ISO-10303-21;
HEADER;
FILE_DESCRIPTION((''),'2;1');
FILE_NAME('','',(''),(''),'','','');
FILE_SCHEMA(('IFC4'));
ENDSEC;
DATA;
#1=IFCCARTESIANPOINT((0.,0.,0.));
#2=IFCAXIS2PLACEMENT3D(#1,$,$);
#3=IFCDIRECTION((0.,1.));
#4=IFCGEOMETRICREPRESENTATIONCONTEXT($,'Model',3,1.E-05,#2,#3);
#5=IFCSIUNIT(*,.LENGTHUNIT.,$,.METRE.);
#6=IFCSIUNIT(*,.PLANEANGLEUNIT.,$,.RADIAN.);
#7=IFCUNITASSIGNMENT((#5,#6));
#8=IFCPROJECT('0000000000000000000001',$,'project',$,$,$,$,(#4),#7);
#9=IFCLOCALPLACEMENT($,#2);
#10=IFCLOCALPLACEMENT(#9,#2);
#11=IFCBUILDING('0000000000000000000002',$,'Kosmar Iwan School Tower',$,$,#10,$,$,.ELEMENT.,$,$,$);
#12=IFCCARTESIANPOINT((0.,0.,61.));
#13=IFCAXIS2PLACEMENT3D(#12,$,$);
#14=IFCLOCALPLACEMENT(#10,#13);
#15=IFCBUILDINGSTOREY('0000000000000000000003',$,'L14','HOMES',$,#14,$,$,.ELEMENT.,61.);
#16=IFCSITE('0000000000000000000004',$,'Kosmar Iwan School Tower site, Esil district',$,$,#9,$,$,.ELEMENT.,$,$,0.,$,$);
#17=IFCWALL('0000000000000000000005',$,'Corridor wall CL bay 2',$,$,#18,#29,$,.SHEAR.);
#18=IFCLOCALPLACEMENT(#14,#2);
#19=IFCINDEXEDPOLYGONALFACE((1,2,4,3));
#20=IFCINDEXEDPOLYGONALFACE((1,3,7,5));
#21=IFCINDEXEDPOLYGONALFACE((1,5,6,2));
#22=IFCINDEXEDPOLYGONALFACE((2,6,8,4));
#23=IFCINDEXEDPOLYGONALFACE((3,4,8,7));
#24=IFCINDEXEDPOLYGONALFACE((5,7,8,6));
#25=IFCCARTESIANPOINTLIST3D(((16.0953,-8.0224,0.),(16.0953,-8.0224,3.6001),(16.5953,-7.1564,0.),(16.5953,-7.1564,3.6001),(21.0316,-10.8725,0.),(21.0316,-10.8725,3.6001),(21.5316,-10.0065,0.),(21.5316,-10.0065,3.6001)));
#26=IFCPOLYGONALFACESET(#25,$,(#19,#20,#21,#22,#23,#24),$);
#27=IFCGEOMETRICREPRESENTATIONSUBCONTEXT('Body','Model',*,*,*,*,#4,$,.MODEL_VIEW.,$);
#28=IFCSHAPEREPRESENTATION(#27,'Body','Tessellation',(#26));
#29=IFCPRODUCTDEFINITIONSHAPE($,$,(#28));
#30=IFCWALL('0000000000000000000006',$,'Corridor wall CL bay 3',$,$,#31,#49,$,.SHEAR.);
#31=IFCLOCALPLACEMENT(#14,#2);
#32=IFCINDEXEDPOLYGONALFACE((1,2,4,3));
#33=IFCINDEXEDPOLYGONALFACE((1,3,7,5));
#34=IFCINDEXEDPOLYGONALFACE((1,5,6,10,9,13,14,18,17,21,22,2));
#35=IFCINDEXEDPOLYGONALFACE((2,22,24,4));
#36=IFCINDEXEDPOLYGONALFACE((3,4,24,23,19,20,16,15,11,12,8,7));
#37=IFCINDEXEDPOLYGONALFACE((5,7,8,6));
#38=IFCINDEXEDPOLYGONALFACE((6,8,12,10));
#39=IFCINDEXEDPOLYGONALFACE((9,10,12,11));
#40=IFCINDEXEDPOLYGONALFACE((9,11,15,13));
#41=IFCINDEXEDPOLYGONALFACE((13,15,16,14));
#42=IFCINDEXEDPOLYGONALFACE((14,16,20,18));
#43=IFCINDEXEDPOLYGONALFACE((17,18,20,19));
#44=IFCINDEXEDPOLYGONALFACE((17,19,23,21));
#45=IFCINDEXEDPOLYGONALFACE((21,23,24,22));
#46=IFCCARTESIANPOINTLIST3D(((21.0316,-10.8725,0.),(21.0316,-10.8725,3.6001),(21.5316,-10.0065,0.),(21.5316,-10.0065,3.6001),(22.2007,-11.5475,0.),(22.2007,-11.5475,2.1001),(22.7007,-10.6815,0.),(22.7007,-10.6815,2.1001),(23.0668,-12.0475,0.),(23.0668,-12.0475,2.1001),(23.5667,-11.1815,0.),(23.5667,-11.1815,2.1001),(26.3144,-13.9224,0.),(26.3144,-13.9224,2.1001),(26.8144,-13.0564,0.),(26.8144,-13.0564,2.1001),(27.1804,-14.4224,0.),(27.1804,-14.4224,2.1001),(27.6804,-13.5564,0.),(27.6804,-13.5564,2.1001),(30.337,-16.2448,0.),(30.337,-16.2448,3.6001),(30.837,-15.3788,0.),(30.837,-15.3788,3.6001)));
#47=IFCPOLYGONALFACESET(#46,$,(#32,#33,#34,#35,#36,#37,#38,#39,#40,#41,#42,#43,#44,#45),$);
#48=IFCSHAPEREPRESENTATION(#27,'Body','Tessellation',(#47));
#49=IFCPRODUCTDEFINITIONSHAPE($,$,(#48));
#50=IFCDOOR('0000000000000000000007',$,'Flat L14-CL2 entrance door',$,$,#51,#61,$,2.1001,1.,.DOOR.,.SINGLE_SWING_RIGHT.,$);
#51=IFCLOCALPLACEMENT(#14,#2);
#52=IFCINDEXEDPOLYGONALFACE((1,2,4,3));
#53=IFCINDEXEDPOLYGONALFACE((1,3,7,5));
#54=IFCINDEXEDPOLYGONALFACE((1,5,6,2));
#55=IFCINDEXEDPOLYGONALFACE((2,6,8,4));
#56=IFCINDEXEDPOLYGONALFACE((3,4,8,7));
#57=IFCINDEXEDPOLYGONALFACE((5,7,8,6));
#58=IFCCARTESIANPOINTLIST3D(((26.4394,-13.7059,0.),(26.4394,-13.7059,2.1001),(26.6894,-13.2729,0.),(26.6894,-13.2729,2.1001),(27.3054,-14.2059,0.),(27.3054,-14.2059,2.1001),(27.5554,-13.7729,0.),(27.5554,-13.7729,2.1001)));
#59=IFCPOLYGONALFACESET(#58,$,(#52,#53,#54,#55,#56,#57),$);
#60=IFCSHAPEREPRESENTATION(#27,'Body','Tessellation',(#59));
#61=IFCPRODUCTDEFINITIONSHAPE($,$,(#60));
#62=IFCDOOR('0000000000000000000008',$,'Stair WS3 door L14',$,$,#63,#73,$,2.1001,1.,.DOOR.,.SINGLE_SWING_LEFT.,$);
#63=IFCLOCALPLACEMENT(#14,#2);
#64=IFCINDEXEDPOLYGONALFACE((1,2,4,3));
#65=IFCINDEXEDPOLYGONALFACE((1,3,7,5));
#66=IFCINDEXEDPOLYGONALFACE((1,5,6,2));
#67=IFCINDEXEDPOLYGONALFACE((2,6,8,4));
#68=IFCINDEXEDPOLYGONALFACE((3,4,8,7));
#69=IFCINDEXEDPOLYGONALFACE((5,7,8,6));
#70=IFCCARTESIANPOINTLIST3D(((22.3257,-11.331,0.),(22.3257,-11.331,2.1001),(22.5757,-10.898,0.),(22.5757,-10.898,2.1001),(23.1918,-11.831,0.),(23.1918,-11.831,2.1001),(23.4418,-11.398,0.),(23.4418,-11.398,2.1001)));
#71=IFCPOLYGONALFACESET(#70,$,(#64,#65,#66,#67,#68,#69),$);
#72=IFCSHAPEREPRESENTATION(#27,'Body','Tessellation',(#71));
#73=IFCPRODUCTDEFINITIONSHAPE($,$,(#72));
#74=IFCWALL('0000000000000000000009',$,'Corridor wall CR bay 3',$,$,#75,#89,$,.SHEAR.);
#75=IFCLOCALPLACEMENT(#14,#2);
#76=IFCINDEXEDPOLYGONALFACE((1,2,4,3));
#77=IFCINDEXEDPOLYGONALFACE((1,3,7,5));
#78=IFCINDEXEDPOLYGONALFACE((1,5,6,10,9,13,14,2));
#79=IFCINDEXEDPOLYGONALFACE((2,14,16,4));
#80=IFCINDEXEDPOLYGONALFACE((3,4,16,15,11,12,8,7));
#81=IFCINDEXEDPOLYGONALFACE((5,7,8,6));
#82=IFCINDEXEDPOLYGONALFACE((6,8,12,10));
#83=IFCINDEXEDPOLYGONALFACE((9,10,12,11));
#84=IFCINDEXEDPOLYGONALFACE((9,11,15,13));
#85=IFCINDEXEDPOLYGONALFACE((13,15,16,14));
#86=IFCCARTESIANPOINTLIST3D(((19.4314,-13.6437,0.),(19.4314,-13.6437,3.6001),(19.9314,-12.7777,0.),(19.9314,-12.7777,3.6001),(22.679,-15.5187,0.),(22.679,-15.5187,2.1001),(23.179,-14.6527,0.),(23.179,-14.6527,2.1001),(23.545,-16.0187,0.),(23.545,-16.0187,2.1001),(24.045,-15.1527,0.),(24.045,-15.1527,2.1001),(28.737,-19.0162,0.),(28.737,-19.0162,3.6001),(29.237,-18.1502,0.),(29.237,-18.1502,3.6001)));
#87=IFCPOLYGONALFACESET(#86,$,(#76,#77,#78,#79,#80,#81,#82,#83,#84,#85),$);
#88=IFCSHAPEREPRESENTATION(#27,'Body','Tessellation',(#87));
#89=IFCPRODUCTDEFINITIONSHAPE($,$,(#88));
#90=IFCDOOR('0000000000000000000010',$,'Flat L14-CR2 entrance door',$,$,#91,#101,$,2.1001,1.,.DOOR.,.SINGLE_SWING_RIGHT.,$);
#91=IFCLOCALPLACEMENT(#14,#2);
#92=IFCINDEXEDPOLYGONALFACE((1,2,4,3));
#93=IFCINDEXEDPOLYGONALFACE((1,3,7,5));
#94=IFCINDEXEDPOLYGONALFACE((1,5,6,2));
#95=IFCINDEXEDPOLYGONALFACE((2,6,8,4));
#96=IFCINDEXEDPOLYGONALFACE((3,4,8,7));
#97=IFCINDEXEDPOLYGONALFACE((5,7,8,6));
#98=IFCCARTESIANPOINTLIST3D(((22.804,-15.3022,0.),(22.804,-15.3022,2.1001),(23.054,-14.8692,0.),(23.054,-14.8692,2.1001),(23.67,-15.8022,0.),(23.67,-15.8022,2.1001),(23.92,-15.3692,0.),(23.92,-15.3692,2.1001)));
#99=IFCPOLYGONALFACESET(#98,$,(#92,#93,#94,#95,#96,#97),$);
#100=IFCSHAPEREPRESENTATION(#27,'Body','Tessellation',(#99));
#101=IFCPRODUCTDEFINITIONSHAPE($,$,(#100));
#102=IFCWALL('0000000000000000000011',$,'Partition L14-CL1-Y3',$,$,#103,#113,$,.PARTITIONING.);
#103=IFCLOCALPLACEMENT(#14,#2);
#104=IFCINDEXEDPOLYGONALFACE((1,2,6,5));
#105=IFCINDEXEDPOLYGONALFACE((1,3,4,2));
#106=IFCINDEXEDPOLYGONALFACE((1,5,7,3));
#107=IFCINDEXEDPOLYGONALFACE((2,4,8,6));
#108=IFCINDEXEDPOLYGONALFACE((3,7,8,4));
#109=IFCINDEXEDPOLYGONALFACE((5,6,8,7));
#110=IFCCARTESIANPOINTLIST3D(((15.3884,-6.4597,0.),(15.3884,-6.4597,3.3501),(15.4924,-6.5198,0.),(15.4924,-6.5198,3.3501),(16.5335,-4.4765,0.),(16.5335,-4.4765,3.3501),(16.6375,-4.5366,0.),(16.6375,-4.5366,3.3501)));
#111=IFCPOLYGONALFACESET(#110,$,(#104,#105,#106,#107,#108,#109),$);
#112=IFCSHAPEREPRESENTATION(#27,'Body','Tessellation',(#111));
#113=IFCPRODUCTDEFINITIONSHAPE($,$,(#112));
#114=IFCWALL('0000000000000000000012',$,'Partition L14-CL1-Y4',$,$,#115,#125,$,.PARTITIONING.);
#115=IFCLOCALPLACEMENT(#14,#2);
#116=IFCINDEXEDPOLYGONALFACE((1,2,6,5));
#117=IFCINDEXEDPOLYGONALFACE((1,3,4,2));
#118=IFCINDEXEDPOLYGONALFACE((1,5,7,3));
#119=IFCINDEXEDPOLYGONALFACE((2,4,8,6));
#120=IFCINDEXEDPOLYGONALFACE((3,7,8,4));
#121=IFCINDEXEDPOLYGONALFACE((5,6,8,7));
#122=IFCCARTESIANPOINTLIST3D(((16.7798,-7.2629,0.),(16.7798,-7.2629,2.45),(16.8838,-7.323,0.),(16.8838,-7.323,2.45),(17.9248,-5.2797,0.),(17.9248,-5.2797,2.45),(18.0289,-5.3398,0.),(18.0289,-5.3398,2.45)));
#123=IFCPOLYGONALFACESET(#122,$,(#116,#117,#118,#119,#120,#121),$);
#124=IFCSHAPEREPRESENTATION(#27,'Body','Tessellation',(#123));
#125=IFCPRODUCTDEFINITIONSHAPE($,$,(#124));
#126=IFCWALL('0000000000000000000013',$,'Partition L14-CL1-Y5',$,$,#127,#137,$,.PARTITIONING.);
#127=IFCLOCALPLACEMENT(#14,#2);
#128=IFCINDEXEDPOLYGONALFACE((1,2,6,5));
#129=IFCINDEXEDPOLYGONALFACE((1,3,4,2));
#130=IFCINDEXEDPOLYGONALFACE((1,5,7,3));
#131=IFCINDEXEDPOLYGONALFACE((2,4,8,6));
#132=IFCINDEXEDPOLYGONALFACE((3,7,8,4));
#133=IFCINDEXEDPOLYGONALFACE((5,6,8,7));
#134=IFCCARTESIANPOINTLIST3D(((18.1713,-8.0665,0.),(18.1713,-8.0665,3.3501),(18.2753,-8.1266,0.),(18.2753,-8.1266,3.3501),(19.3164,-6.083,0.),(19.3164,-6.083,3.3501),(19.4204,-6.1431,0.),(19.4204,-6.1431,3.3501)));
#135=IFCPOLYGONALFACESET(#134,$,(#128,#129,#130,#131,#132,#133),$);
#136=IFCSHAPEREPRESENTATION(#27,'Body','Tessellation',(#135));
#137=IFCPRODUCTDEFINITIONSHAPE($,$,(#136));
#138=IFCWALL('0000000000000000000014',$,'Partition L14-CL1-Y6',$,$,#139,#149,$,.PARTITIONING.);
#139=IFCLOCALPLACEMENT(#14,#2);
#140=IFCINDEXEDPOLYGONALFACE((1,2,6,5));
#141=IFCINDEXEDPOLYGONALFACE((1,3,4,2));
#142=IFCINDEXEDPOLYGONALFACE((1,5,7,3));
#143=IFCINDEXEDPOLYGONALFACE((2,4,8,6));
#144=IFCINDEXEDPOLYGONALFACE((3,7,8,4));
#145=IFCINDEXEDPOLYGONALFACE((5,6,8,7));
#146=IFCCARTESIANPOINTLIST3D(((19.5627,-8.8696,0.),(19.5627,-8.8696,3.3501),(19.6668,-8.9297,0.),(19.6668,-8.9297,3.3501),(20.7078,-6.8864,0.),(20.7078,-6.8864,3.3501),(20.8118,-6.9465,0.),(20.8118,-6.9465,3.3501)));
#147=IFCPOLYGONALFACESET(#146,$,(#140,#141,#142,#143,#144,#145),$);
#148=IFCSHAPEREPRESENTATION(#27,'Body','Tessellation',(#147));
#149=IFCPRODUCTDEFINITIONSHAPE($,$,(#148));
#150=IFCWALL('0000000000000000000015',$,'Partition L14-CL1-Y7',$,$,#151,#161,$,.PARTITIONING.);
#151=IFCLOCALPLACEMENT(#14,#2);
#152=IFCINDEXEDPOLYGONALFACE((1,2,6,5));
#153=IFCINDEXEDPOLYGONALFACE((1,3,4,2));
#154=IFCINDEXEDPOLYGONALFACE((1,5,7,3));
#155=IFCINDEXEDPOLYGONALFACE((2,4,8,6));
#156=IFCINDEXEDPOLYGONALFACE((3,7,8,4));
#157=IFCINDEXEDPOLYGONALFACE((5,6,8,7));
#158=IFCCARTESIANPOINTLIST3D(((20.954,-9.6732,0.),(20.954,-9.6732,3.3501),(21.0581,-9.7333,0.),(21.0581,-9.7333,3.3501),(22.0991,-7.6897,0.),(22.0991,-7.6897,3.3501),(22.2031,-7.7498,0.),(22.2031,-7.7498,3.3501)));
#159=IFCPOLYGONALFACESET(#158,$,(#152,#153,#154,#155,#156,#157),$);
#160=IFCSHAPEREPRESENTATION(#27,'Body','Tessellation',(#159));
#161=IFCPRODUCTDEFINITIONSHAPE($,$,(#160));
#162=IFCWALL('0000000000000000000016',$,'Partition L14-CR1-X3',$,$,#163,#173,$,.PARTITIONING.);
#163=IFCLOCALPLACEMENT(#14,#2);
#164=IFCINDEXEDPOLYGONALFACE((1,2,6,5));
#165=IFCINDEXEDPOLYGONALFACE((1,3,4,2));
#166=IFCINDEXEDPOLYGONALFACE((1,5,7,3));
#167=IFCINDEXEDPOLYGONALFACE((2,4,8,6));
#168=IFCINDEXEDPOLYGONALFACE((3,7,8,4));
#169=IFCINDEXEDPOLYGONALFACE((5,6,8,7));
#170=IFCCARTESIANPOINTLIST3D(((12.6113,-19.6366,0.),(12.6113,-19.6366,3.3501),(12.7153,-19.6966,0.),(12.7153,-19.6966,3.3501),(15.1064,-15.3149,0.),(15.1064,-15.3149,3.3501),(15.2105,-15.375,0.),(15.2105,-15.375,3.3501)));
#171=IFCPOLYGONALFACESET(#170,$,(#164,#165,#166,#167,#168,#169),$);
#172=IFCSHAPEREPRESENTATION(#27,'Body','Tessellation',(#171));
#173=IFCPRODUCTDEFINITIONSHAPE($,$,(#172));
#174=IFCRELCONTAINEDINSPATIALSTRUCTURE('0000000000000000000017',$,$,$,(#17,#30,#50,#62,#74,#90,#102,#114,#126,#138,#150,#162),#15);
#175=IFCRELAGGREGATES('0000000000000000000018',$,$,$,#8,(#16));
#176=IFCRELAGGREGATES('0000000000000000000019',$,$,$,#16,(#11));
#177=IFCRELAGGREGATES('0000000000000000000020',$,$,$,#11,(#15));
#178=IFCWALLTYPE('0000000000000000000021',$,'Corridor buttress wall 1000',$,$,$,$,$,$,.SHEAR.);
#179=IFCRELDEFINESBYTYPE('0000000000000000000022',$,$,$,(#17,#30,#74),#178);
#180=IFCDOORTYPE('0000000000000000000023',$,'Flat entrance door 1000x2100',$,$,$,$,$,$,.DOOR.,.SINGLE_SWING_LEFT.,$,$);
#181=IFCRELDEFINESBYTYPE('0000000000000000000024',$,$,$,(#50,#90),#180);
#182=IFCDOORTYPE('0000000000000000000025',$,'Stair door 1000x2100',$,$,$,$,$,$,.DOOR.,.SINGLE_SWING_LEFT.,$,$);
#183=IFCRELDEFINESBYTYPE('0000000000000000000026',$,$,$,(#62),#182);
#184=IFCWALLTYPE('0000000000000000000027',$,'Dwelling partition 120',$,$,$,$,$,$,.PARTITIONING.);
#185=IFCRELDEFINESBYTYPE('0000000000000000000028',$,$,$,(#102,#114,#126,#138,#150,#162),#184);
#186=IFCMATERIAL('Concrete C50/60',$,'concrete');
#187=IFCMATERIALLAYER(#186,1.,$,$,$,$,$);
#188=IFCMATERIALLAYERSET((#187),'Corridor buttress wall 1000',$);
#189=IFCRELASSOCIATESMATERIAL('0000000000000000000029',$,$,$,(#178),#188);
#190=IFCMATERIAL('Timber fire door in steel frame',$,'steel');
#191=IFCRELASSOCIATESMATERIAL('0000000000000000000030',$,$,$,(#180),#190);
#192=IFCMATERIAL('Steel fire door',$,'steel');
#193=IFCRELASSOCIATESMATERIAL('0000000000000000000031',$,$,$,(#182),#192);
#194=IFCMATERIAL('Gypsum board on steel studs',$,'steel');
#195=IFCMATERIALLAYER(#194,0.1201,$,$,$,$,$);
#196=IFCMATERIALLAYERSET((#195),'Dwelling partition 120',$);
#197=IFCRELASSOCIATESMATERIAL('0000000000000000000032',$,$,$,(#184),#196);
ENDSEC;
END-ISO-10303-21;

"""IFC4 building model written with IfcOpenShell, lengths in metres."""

from ifc_helpers import new_model, si_unit, direction, frame, frame_2d, origin, place, context, subcontext, project, spatial, rectangle, extrude, material, layer, layer_set, type_object, element, fill, save


model = new_model("IFC4")

# Units and contexts
model_context = context("Model", 3, precision=1e-05, world=origin(), true_north=direction((0.0, 1.0)))
body_context = subcontext(model_context, "Body", "Model", "MODEL_VIEW")
ifc_project = project(units=[si_unit("LENGTHUNIT", "METRE"), si_unit("PLANEANGLEUNIT", "RADIAN")], contexts=[model_context])

# Site, building, storey
site_placement = place(None, origin())
site = spatial("IfcSite", under=ifc_project, at=site_placement, Name="Kosmar Iwan School Tower site, Esil district", CompositionType="ELEMENT", RefElevation=0.0)
building_placement = place(site_placement, origin())
building = spatial("IfcBuilding", under=site, at=building_placement, Name="Kosmar Iwan School Tower", CompositionType="ELEMENT")
storey_placement = place(building_placement, frame((0.0, 0.0, 61.0)))
storey = spatial("IfcBuildingStorey", under=building, at=storey_placement, Name="L14", Description="HOMES", CompositionType="ELEMENT", Elevation=61.0)

# Wall
ifc_material_1 = material(Name="Concrete C50/60", Category="concrete")
ifc_layer_1 = layer(ifc_material_1, 1.0)
ifc_layer_set_1 = layer_set([ifc_layer_1], Name="Corridor buttress wall 1000")
wall_type_1 = type_object("IfcWallType", Name="Corridor buttress wall 1000", PredefinedType="SHEAR", material=ifc_layer_set_1)
wall_1_placement = place(storey_placement, frame((16.3452, -7.5894, 0.0), z_axis=(0.0, 0.0, 1.0), x_axis=(0.866015, -0.500018, 0.0)))
element("IfcWall", 1, at=wall_1_placement, inside=storey, type_object=wall_type_1, Name="Corridor wall CL bay 2", PredefinedType="SHEAR", context=body_context, shape_type="SweptSolid", body=[
    extrude(rectangle(XDim=5.7, YDim=1.0, at=frame_2d((2.8501, 0.0))), origin(), (0.0, 0.0, 1.0), 3.6001),
])

# Wall, openings, doors
wall_2_placement = place(storey_placement, frame((21.2815, -10.4395, 0.0), z_axis=(0.0, 0.0, 1.0), x_axis=(0.866032, -0.499988, 0.0)))
wall_2 = element("IfcWall", 2, at=wall_2_placement, inside=storey, type_object=wall_type_1, Name="Corridor wall CL bay 3", PredefinedType="SHEAR", context=body_context, shape_type="SweptSolid", body=[
    extrude(rectangle(XDim=10.7449, YDim=1.0, at=frame_2d((5.3726, 0.0))), origin(), (0.0, 0.0, 1.0), 3.6001),
])
opening_1_placement = place(wall_2_placement, frame((6.1001, 0.0, 0.0)))
opening_1 = element("IfcOpeningElement", 3, at=opening_1_placement, cuts=wall_2, PredefinedType="OPENING", context=body_context, shape_type="SweptSolid", body=[
    extrude(rectangle(XDim=1.0, YDim=2.1001, at=frame_2d((0.5, 1.05))), frame((0.0, 0.512, 0.0), z_axis=(0.0, -1.0, 0.0), x_axis=(1.0, 0.0, 0.0)), (0.0, 0.0, 1.0), 1.0239),
])
opening_2_placement = place(wall_2_placement, frame((1.3501, 0.0, 0.0)))
opening_2 = element("IfcOpeningElement", 4, at=opening_2_placement, cuts=wall_2, PredefinedType="OPENING", context=body_context, shape_type="SweptSolid", body=[
    extrude(rectangle(XDim=1.0, YDim=2.1001, at=frame_2d((0.5, 1.05))), frame((0.0, 0.512, 0.0), z_axis=(0.0, -1.0, 0.0), x_axis=(1.0, 0.0, 0.0)), (0.0, 0.0, 1.0), 1.0239),
])
ifc_material_2 = material(Name="Timber fire door in steel frame", Category="steel")
door_type_1 = type_object("IfcDoorType", Name="Flat entrance door 1000x2100", OperationType="SINGLE_SWING_LEFT", PredefinedType="DOOR", material=ifc_material_2)
door_1_placement = place(opening_1_placement, origin())
door_1 = element("IfcDoor", 5, at=door_1_placement, inside=storey, type_object=door_type_1, Name="Flat L14-CL2 entrance door", OperationType="SINGLE_SWING_RIGHT", OverallHeight=2.1001, OverallWidth=1.0, PredefinedType="DOOR", context=body_context, shape_type="SweptSolid", body=[
    extrude(rectangle(XDim=1.0, YDim=2.1001, at=frame_2d((0.5, 1.05))), frame((0.0, 0.25, 0.0), z_axis=(0.0, -1.0, 0.0), x_axis=(1.0, 0.0, 0.0)), (0.0, 0.0, 1.0), 0.5),
])
fill(opening_1, door_1)
ifc_material_3 = material(Name="Steel fire door", Category="steel")
door_type_2 = type_object("IfcDoorType", Name="Stair door 1000x2100", OperationType="SINGLE_SWING_LEFT", PredefinedType="DOOR", material=ifc_material_3)
door_2_placement = place(opening_2_placement, origin())
door_2 = element("IfcDoor", 6, at=door_2_placement, inside=storey, type_object=door_type_2, Name="Stair WS3 door L14", OperationType="SINGLE_SWING_LEFT", OverallHeight=2.1001, OverallWidth=1.0, PredefinedType="DOOR", context=body_context, shape_type="SweptSolid", body=[
    extrude(rectangle(XDim=1.0, YDim=2.1001, at=frame_2d((0.5, 1.05))), frame((0.0, 0.25, 0.0), z_axis=(0.0, -1.0, 0.0), x_axis=(1.0, 0.0, 0.0)), (0.0, 0.0, 1.0), 0.5),
])
fill(opening_2, door_2)

# Wall, opening, door
wall_3_placement = place(storey_placement, frame((19.6814, -13.2107, 0.0), z_axis=(0.0, 0.0, 1.0), x_axis=(0.866028, -0.499995, 0.0)))
wall_3 = element("IfcWall", 7, at=wall_3_placement, inside=storey, type_object=wall_type_1, Name="Corridor wall CR bay 3", PredefinedType="SHEAR", context=body_context, shape_type="SweptSolid", body=[
    extrude(rectangle(XDim=10.7451, YDim=1.0, at=frame_2d((5.3726, 0.0))), origin(), (0.0, 0.0, 1.0), 3.6001),
])
opening_3_placement = place(wall_3_placement, frame((3.75, 0.0, 0.0)))
opening_3 = element("IfcOpeningElement", 8, at=opening_3_placement, cuts=wall_3, PredefinedType="OPENING", context=body_context, shape_type="SweptSolid", body=[
    extrude(rectangle(XDim=1.0, YDim=2.1001, at=frame_2d((0.5, 1.05))), frame((0.0, 0.512, 0.0), z_axis=(0.0, -1.0, 0.0), x_axis=(1.0, 0.0, 0.0)), (0.0, 0.0, 1.0), 1.0239),
])
door_3_placement = place(opening_3_placement, origin())
door_3 = element("IfcDoor", 9, at=door_3_placement, inside=storey, type_object=door_type_1, Name="Flat L14-CR2 entrance door", OperationType="SINGLE_SWING_RIGHT", OverallHeight=2.1001, OverallWidth=1.0, PredefinedType="DOOR", context=body_context, shape_type="SweptSolid", body=[
    extrude(rectangle(XDim=1.0, YDim=2.1001, at=frame_2d((0.5, 1.05))), frame((0.0, 0.25, 0.0), z_axis=(0.0, -1.0, 0.0), x_axis=(1.0, 0.0, 0.0)), (0.0, 0.0, 1.0), 0.5),
])
fill(opening_3, door_3)

# Walls
ifc_material_4 = material(Name="Gypsum board on steel studs", Category="steel")
ifc_layer_2 = layer(ifc_material_4, 0.1201)
ifc_layer_set_2 = layer_set([ifc_layer_2], Name="Dwelling partition 120")
wall_type_2 = type_object("IfcWallType", Name="Dwelling partition 120", PredefinedType="PARTITIONING", material=ifc_layer_set_2)
wall_4_placement = place(storey_placement, frame((15.4404, -6.4897, 0.0), z_axis=(0.0, 0.0, 1.0), x_axis=(0.500015, 0.866017, 0.0)))
element("IfcWall", 10, at=wall_4_placement, inside=storey, type_object=wall_type_2, Name="Partition L14-CL1-Y3", PredefinedType="PARTITIONING", context=body_context, shape_type="SweptSolid", body=[
    extrude(rectangle(XDim=2.29, YDim=0.1201, at=frame_2d((1.145, 0.0))), origin(), (0.0, 0.0, 1.0), 3.3501),
])
wall_5_placement = place(storey_placement, frame((16.8318, -7.293, 0.0), z_axis=(0.0, 0.0, 1.0), x_axis=(0.500015, 0.866017, 0.0)))
element("IfcWall", 11, at=wall_5_placement, inside=storey, type_object=wall_type_2, Name="Partition L14-CL1-Y4", PredefinedType="PARTITIONING", context=body_context, shape_type="SweptSolid", body=[
    extrude(rectangle(XDim=2.29, YDim=0.1201, at=frame_2d((1.145, 0.0))), origin(), (0.0, 0.0, 1.0), 2.45),
])
wall_6_placement = place(storey_placement, frame((18.2234, -8.0964, 0.0), z_axis=(0.0, 0.0, 1.0), x_axis=(0.499969, 0.866044, 0.0)))
element("IfcWall", 12, at=wall_6_placement, inside=storey, type_object=wall_type_2, Name="Partition L14-CL1-Y5", PredefinedType="PARTITIONING", context=body_context, shape_type="SweptSolid", body=[
    extrude(rectangle(XDim=2.2903, YDim=0.1201, at=frame_2d((1.145, 0.0))), origin(), (0.0, 0.0, 1.0), 3.3501),
])
wall_7_placement = place(storey_placement, frame((19.6147, -8.8997, 0.0), z_axis=(0.0, 0.0, 1.0), x_axis=(0.500015, 0.866017, 0.0)))
element("IfcWall", 13, at=wall_7_placement, inside=storey, type_object=wall_type_2, Name="Partition L14-CL1-Y6", PredefinedType="PARTITIONING", context=body_context, shape_type="SweptSolid", body=[
    extrude(rectangle(XDim=2.29, YDim=0.1201, at=frame_2d((1.145, 0.0))), origin(), (0.0, 0.0, 1.0), 3.3501),
])
wall_8_placement = place(storey_placement, frame((21.0061, -9.7031, 0.0), z_axis=(0.0, 0.0, 1.0), x_axis=(0.499969, 0.866044, 0.0)))
element("IfcWall", 14, at=wall_8_placement, inside=storey, type_object=wall_type_2, Name="Partition L14-CL1-Y7", PredefinedType="PARTITIONING", context=body_context, shape_type="SweptSolid", body=[
    extrude(rectangle(XDim=2.2903, YDim=0.1201, at=frame_2d((1.145, 0.0))), origin(), (0.0, 0.0, 1.0), 3.3501),
])
wall_9_placement = place(storey_placement, frame((15.1584, -15.345, 0.0), z_axis=(0.0, 0.0, 1.0), x_axis=(-0.500012, -0.866019, 0.0)))
element("IfcWall", 15, at=wall_9_placement, inside=storey, type_object=wall_type_2, Name="Partition L14-CR1-X3", PredefinedType="PARTITIONING", context=body_context, shape_type="SweptSolid", body=[
    extrude(rectangle(XDim=4.9902, YDim=0.1201, at=frame_2d((2.4951, 0.0))), origin(), (0.0, 0.0, 1.0), 3.3501),
])

save(model, "model.ifc")
